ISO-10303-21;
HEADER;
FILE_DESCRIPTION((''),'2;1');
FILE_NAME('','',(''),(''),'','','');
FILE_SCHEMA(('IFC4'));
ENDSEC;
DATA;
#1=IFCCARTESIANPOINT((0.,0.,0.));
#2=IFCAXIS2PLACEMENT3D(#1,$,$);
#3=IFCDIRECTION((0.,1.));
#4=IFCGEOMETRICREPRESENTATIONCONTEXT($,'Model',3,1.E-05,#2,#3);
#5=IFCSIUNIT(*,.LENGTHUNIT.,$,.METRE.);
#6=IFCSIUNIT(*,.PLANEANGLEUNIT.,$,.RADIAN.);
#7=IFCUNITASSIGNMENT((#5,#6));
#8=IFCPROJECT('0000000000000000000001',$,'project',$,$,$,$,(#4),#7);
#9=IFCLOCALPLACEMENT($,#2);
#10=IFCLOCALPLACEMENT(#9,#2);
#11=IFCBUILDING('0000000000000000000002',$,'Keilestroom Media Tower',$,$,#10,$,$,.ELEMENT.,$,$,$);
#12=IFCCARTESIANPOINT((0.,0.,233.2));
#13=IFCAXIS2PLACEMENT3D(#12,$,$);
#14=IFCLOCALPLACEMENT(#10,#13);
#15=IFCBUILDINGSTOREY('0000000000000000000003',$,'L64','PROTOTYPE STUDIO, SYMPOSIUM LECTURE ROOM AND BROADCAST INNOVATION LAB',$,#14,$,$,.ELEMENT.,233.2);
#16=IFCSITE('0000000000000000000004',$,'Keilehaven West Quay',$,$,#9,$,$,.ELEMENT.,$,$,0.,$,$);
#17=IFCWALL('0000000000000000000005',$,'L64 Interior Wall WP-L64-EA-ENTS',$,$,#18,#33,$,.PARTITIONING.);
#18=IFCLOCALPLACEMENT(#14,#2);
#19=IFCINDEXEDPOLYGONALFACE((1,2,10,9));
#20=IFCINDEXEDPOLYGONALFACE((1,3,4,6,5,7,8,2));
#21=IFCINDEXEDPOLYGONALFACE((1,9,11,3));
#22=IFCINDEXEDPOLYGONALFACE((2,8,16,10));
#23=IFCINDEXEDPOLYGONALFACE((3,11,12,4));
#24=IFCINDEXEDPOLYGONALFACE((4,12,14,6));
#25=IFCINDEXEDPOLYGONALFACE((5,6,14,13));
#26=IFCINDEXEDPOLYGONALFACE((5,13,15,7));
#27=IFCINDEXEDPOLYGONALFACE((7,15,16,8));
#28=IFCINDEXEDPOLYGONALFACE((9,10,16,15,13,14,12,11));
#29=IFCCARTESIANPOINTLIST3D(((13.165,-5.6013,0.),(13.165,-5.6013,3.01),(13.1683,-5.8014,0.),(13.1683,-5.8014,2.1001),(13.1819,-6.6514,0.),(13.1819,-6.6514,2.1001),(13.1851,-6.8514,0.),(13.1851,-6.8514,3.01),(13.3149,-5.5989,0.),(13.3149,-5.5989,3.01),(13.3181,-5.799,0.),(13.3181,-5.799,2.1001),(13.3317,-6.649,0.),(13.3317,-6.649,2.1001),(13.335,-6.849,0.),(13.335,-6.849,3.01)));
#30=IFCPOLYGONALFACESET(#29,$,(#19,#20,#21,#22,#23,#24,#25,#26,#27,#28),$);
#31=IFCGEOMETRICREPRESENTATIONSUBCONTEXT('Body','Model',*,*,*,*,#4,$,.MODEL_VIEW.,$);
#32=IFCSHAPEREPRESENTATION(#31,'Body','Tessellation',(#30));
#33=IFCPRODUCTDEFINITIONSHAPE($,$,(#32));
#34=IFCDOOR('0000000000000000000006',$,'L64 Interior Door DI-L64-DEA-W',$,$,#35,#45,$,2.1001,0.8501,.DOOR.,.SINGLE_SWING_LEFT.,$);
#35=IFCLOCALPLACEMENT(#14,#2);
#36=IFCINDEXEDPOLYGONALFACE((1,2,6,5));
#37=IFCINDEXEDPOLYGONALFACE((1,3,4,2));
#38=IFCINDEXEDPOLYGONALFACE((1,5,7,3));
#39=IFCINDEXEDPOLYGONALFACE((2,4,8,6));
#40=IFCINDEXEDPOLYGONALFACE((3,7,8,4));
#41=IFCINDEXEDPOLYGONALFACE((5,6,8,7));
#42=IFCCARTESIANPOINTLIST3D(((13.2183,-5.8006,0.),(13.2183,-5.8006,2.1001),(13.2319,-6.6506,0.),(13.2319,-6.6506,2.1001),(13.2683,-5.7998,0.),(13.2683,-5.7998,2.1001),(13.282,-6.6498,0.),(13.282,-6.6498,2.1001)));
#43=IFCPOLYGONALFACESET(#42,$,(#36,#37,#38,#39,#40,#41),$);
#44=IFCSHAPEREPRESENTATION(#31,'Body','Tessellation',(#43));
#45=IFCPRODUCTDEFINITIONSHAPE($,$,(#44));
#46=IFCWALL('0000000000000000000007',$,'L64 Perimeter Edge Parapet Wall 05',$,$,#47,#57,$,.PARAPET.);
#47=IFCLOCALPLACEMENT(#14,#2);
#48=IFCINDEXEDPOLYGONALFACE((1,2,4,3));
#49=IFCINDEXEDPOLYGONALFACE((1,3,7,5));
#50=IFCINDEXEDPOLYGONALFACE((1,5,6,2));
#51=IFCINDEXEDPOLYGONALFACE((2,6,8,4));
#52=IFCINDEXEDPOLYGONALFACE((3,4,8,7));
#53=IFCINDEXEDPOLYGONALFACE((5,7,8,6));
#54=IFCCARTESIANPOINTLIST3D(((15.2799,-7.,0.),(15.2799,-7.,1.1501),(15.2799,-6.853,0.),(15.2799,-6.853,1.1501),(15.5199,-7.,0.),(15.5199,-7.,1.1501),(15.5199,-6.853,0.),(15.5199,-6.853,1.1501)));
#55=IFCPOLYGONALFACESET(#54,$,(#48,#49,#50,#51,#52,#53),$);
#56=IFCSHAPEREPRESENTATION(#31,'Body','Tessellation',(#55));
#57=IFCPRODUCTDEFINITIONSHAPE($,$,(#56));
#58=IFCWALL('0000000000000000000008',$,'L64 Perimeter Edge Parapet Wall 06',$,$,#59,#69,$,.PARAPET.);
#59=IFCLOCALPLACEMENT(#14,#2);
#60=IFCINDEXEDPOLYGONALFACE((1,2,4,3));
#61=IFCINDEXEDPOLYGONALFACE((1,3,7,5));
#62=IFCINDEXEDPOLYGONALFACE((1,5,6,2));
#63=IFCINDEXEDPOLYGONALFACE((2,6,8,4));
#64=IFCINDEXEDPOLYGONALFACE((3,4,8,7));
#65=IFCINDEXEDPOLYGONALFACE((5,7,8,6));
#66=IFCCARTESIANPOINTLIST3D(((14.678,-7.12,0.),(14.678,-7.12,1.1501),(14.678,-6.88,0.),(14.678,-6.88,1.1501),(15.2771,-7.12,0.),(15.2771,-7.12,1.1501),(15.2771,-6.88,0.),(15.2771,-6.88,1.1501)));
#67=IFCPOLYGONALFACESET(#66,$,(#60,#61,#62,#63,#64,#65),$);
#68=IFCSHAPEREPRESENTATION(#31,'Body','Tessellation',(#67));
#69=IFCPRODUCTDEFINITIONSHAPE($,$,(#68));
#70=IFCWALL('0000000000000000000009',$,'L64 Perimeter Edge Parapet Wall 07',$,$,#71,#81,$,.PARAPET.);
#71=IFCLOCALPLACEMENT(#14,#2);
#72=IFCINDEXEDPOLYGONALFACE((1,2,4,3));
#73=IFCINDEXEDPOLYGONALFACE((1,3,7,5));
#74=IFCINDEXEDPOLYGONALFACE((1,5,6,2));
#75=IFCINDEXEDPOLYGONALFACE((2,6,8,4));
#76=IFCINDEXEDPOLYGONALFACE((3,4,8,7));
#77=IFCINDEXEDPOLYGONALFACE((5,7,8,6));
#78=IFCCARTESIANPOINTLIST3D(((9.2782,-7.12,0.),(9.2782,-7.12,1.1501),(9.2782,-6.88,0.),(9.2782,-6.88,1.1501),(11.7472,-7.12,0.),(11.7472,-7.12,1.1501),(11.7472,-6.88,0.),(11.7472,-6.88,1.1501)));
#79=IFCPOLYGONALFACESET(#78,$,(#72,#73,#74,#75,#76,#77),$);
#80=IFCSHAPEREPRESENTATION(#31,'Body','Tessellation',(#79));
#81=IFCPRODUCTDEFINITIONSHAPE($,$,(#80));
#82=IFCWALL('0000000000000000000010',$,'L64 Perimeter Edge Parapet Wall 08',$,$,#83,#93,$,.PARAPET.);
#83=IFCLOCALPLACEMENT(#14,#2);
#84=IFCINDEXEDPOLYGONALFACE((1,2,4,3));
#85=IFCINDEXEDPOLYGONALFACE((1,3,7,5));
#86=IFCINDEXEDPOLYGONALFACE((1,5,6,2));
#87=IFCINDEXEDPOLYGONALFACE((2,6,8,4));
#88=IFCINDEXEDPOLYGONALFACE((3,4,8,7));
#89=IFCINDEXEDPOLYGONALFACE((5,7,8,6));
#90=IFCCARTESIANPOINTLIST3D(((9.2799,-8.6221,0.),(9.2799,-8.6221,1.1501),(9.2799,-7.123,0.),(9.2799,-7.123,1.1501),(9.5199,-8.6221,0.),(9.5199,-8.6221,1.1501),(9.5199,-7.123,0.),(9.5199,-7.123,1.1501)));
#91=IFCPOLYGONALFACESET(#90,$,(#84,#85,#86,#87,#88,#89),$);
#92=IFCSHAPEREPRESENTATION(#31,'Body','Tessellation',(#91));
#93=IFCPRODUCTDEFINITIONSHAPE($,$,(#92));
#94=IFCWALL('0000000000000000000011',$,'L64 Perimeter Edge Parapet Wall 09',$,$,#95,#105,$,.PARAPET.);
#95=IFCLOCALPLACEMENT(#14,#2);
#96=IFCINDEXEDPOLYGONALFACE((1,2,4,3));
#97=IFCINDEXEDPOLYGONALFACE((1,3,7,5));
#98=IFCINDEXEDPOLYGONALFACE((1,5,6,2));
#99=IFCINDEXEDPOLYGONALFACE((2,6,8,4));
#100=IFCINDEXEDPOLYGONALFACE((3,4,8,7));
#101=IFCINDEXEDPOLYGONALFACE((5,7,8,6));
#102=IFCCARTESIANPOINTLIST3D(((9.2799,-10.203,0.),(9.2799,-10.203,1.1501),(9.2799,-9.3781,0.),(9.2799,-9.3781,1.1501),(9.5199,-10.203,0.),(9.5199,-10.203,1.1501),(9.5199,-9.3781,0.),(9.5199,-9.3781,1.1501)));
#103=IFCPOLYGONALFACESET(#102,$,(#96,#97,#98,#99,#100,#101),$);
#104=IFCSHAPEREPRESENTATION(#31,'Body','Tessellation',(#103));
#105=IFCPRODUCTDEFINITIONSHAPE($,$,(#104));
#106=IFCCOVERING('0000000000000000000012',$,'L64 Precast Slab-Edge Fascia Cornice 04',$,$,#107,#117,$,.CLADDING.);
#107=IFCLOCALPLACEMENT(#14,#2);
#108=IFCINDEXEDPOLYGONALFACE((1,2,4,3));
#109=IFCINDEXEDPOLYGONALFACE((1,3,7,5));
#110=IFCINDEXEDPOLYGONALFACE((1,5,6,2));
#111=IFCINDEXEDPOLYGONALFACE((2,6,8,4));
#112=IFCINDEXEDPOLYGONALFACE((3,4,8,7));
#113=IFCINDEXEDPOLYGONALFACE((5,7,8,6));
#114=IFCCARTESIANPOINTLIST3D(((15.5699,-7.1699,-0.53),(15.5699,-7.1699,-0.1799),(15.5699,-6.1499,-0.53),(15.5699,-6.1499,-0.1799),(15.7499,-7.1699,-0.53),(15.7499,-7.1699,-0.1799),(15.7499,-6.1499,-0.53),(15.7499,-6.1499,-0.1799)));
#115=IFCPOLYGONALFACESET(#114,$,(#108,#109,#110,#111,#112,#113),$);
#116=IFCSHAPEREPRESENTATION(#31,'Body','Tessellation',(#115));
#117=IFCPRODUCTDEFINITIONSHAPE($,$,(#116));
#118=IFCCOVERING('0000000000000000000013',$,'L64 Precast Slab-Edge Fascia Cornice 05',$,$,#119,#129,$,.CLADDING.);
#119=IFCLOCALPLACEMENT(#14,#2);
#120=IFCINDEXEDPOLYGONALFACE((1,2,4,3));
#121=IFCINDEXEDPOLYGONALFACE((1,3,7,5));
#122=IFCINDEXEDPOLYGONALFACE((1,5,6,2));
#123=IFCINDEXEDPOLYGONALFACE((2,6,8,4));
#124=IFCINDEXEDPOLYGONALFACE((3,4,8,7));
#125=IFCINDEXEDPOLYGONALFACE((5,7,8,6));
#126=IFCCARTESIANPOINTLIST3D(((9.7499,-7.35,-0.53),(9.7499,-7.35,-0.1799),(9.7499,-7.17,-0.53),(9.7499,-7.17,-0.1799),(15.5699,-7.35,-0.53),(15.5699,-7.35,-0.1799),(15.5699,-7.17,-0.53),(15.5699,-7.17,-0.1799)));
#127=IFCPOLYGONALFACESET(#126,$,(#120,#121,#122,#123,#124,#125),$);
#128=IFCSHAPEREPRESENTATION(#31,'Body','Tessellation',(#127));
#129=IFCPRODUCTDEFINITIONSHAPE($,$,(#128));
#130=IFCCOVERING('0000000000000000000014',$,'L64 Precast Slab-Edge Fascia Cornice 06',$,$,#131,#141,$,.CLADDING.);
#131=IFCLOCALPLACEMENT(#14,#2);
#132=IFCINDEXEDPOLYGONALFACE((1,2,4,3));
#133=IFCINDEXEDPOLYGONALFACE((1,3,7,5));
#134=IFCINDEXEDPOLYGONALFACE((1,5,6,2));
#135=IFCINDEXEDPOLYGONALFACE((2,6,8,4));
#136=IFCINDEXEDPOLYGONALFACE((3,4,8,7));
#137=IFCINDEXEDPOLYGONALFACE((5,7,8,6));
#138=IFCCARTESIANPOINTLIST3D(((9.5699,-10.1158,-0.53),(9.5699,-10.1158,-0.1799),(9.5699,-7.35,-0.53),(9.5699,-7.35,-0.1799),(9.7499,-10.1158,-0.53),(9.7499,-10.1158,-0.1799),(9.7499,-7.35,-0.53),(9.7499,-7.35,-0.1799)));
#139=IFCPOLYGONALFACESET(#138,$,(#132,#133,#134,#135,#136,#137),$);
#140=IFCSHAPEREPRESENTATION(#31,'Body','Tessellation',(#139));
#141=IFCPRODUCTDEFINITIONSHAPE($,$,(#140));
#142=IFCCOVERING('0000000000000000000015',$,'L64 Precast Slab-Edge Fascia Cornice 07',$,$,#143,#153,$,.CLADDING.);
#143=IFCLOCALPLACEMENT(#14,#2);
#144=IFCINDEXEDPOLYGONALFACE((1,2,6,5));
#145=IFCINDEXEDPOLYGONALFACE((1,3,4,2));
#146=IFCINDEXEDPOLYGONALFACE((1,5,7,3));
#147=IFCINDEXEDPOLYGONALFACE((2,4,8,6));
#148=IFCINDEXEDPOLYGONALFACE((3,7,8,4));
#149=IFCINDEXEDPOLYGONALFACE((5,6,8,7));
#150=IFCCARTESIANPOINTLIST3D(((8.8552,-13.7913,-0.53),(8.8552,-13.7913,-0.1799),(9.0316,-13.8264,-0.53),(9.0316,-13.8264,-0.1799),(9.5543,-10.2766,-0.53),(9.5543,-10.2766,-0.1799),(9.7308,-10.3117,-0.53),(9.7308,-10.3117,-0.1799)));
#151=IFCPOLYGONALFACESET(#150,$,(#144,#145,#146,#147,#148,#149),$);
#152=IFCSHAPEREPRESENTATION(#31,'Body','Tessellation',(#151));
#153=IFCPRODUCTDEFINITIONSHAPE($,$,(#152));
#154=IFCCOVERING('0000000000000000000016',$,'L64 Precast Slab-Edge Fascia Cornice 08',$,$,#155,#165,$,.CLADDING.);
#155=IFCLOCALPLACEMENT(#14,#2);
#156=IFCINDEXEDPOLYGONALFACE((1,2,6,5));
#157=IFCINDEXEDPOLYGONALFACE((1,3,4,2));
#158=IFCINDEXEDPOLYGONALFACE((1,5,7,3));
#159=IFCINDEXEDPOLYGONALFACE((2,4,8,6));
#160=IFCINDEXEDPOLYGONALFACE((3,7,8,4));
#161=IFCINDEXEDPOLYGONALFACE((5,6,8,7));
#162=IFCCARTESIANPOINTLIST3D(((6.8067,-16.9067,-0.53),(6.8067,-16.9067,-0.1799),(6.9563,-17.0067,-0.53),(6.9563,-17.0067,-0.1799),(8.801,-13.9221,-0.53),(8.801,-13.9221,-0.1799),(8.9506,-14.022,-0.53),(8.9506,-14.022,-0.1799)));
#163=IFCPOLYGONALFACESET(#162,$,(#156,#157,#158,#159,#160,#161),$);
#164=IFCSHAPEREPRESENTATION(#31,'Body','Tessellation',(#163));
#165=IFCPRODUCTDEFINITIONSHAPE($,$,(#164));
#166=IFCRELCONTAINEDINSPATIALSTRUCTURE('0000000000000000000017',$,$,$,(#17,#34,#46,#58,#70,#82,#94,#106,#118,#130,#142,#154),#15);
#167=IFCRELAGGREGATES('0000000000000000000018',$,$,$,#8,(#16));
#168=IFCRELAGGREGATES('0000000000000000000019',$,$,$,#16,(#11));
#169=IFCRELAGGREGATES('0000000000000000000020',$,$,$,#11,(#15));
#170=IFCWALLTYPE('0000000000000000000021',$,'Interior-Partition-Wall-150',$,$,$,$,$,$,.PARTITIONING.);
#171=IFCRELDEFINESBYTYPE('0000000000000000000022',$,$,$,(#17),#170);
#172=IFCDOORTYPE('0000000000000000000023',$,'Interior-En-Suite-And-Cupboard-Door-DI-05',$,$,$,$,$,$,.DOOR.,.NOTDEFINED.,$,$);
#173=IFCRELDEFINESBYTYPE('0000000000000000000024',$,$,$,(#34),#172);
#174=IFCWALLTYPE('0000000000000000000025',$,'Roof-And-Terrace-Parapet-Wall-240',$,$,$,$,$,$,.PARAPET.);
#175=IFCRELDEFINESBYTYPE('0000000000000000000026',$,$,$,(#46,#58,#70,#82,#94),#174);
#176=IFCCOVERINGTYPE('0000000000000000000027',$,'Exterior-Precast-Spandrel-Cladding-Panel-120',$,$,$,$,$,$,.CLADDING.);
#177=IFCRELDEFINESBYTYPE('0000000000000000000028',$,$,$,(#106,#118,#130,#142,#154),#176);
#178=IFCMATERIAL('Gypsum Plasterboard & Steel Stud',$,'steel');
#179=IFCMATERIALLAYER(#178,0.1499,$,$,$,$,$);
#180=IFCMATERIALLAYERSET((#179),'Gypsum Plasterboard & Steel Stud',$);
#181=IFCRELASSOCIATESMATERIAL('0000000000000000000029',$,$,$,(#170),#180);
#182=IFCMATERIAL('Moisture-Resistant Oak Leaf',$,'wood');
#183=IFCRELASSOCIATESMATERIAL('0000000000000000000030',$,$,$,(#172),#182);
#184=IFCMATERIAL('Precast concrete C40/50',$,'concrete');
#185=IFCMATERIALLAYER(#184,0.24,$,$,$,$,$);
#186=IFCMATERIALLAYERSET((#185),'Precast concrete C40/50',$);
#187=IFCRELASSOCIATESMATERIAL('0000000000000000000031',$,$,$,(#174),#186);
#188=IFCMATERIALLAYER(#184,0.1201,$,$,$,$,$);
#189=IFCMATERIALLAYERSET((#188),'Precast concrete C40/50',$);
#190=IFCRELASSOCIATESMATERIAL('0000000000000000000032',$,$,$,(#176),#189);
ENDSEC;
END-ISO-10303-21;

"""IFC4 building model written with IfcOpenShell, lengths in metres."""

from ifc_helpers import new_model, si_unit, direction, frame, frame_2d, origin, origin_2d, place, context, subcontext, project, spatial, rectangle, extrude, source, transform, mapped, material, layer, layer_set, type_object, element, fill, save


model = new_model("IFC4")

# Units and contexts
model_context = context("Model", 3, precision=1e-05, world=origin(), true_north=direction((0.0, 1.0)))
body_context = subcontext(model_context, "Body", "Model", "MODEL_VIEW")
ifc_project = project(units=[si_unit("LENGTHUNIT", "METRE"), si_unit("PLANEANGLEUNIT", "RADIAN")], contexts=[model_context])

# Site, building, storey
site_placement = place(None, origin())
site = spatial("IfcSite", under=ifc_project, at=site_placement, Name="Keilehaven West Quay", CompositionType="ELEMENT", RefElevation=0.0)
building_placement = place(site_placement, origin())
building = spatial("IfcBuilding", under=site, at=building_placement, Name="Keilestroom Media Tower", CompositionType="ELEMENT")
storey_placement = place(building_placement, frame((0.0, 0.0, 233.2)))
storey = spatial("IfcBuildingStorey", under=building, at=storey_placement, Name="L64", Description="PROTOTYPE STUDIO, SYMPOSIUM LECTURE ROOM AND BROADCAST INNOVATION LAB", CompositionType="ELEMENT", Elevation=233.2)

# Shared definitions
ifc_material_1 = material(Name="Precast concrete C40/50", Category="concrete")

# Shared definitions
ifc_material_2 = material(Name="Gypsum Plasterboard & Steel Stud", Category="steel")

# Shared definitions
ifc_layer_1 = layer(ifc_material_2, 0.1499)
ifc_layer_set_1 = layer_set([ifc_layer_1], Name="Gypsum Plasterboard & Steel Stud")
wall_type_1 = type_object("IfcWallType", Name="Interior-Partition-Wall-150", PredefinedType="PARTITIONING", material=ifc_layer_set_1)

# Wall, opening, door
wall_1_placement = place(storey_placement, frame((13.26, -6.8501, 0.0), z_axis=(0.0, 0.0, 1.0), x_axis=(-0.016014, 0.999872, 0.0)))
wall_1 = element("IfcWall", 1, at=wall_1_placement, inside=storey, type_object=wall_type_1, Name="L64 Interior Wall WP-L64-EA-ENTS", PredefinedType="PARTITIONING", context=body_context, shape_type="SweptSolid", body=[
    extrude(rectangle(XDim=1.2502, YDim=0.1499, at=frame_2d((0.625, 0.0))), origin(), (0.0, 0.0, 1.0), 3.01),
])
opening_1_placement = place(wall_1_placement, frame((0.2, 0.0, 0.0)))
opening_1 = element("IfcOpeningElement", 2, at=opening_1_placement, cuts=wall_1, PredefinedType="OPENING", context=body_context, shape_type="SweptSolid", body=[
    extrude(rectangle(XDim=0.8501, YDim=2.1001, at=frame_2d((0.425, 1.05))), frame((0.0, 0.085, 0.0), z_axis=(0.0, -1.0, 0.0), x_axis=(1.0, 0.0, 0.0)), (0.0, 0.0, 1.0), 0.1699),
])
ifc_material_3 = material(Name="Moisture-Resistant Oak Leaf", Category="wood")
door_type_1 = type_object("IfcDoorType", Name="Interior-En-Suite-And-Cupboard-Door-DI-05", OperationType="NOTDEFINED", PredefinedType="DOOR", material=ifc_material_3)
shared_shape_1 = source(origin(), body_context, "Body", "SweptSolid", [
    extrude(rectangle(XDim=0.8501, YDim=2.1001, at=frame_2d((0.425, 1.05))), frame((0.0, 0.0249, 0.0), z_axis=(0.0, -1.0, 0.0), x_axis=(1.0, 0.0, 0.0)), (0.0, 0.0, 1.0), 0.05),
])
door_1_placement = place(opening_1_placement, origin())
door_1 = element("IfcDoor", 3, at=door_1_placement, inside=storey, type_object=door_type_1, Name="L64 Interior Door DI-L64-DEA-W", OperationType="SINGLE_SWING_LEFT", OverallHeight=2.1001, OverallWidth=0.8501, PredefinedType="DOOR", context=body_context, shape_type="MappedRepresentation", body=[
    mapped(shared_shape_1, transform((0.0, 0.0, 0.0), x_axis=(1.0, 0.0, 0.0), y_axis=(0.0, 1.0, 0.0), z_axis=(0.0, 0.0, 1.0), scale=1.0)),
])
fill(opening_1, door_1)

# Walls
ifc_layer_2 = layer(ifc_material_1, 0.24)
ifc_layer_set_2 = layer_set([ifc_layer_2], Name="Precast concrete C40/50")
wall_type_2 = type_object("IfcWallType", Name="Roof-And-Terrace-Parapet-Wall-240", PredefinedType="PARAPET", material=ifc_layer_set_2)
wall_2_placement = place(storey_placement, frame((15.3999, -6.853, 0.0), z_axis=(0.0, 0.0, 1.0), x_axis=(0.0, -1.0, 0.0)))
element("IfcWall", 4, at=wall_2_placement, inside=storey, type_object=wall_type_2, Name="L64 Perimeter Edge Parapet Wall 05", PredefinedType="PARAPET", context=body_context, shape_type="SweptSolid", body=[
    extrude(rectangle(XDim=0.147, YDim=0.24, at=frame_2d((0.0735, 0.0))), origin(), (0.0, 0.0, 1.0), 1.1501),
])
wall_3_placement = place(storey_placement, frame((15.2771, -7.0, 0.0), z_axis=(0.0, 0.0, 1.0), x_axis=(-1.0, 0.0, 0.0)))
element("IfcWall", 5, at=wall_3_placement, inside=storey, type_object=wall_type_2, Name="L64 Perimeter Edge Parapet Wall 06", PredefinedType="PARAPET", context=body_context, shape_type="SweptSolid", body=[
    extrude(rectangle(XDim=0.5991, YDim=0.24, at=frame_2d((0.2996, 0.0))), origin(), (0.0, 0.0, 1.0), 1.1501),
])
wall_4_placement = place(storey_placement, frame((11.7471, -7.0, 0.0), z_axis=(0.0, 0.0, 1.0), x_axis=(-1.0, 0.0, 0.0)))
element("IfcWall", 6, at=wall_4_placement, inside=storey, type_object=wall_type_2, Name="L64 Perimeter Edge Parapet Wall 07", PredefinedType="PARAPET", context=body_context, shape_type="SweptSolid", body=[
    extrude(rectangle(XDim=2.469, YDim=0.24, at=frame_2d((1.2344, 0.0))), origin(), (0.0, 0.0, 1.0), 1.1501),
])
wall_5_placement = place(storey_placement, frame((9.3999, -7.123, 0.0), z_axis=(0.0, 0.0, 1.0), x_axis=(0.0, -1.0, 0.0)))
element("IfcWall", 7, at=wall_5_placement, inside=storey, type_object=wall_type_2, Name="L64 Perimeter Edge Parapet Wall 08", PredefinedType="PARAPET", context=body_context, shape_type="SweptSolid", body=[
    extrude(rectangle(XDim=1.499, YDim=0.24, at=frame_2d((0.7495, 0.0))), origin(), (0.0, 0.0, 1.0), 1.1501),
])
wall_6_placement = place(storey_placement, frame((9.3999, -9.3779, 0.0), z_axis=(0.0, 0.0, 1.0), x_axis=(0.0, -1.0, 0.0)))
element("IfcWall", 8, at=wall_6_placement, inside=storey, type_object=wall_type_2, Name="L64 Perimeter Edge Parapet Wall 09", PredefinedType="PARAPET", context=body_context, shape_type="SweptSolid", body=[
    extrude(rectangle(XDim=0.825, YDim=0.24, at=frame_2d((0.4126, 0.0))), origin(), (0.0, 0.0, 1.0), 1.1501),
])

# Coverings
ifc_layer_3 = layer(ifc_material_1, 0.1201)
ifc_layer_set_3 = layer_set([ifc_layer_3], Name="Precast concrete C40/50")
covering_type = type_object("IfcCoveringType", Name="Exterior-Precast-Spandrel-Cladding-Panel-120", PredefinedType="CLADDING", material=ifc_layer_set_3)
shared_shape_2 = source(origin(), body_context, "Body", "SweptSolid", [
    extrude(rectangle(XDim=1.02, YDim=0.1799, at=origin_2d()), origin(), (0.0, 0.0, 1.0), 0.3501),
])
covering_1_placement = place(storey_placement, frame((15.6599, -6.6599, -0.53), z_axis=(0.0, 0.0, 1.0), x_axis=(0.0, -1.0, 0.0)))
element("IfcCovering", 9, at=covering_1_placement, inside=storey, type_object=covering_type, Name="L64 Precast Slab-Edge Fascia Cornice 04", PredefinedType="CLADDING", context=body_context, shape_type="MappedRepresentation", body=[
    mapped(shared_shape_2, transform((0.0, 0.0, 0.0), x_axis=(1.0, 0.0, 0.0), y_axis=(0.0, 1.0, 0.0), z_axis=(0.0, 0.0, 1.0), scale=1.0)),
])
shared_shape_3 = source(origin(), body_context, "Body", "SweptSolid", [
    extrude(rectangle(XDim=5.8201, YDim=0.1799, at=origin_2d()), origin(), (0.0, 0.0, 1.0), 0.3501),
])
covering_2_placement = place(storey_placement, frame((12.6599, -7.26, -0.53), z_axis=(0.0, 0.0, 1.0), x_axis=(-1.0, 0.0, 0.0)))
element("IfcCovering", 10, at=covering_2_placement, inside=storey, type_object=covering_type, Name="L64 Precast Slab-Edge Fascia Cornice 05", PredefinedType="CLADDING", context=body_context, shape_type="MappedRepresentation", body=[
    mapped(shared_shape_3, transform((0.0, 0.0, 0.0), x_axis=(1.0, 0.0, 0.0), y_axis=(0.0, 1.0, 0.0), z_axis=(0.0, 0.0, 1.0), scale=1.0)),
])
shared_shape_4 = source(origin(), body_context, "Body", "SweptSolid", [
    extrude(rectangle(XDim=2.7659, YDim=0.1799, at=origin_2d()), origin(), (0.0, 0.0, 1.0), 0.3501),
])
covering_3_placement = place(storey_placement, frame((9.6599, -8.7329, -0.53), z_axis=(0.0, 0.0, 1.0), x_axis=(0.0, -1.0, 0.0)))
element("IfcCovering", 11, at=covering_3_placement, inside=storey, type_object=covering_type, Name="L64 Precast Slab-Edge Fascia Cornice 06", PredefinedType="CLADDING", context=body_context, shape_type="MappedRepresentation", body=[
    mapped(shared_shape_4, transform((0.0, 0.0, 0.0), x_axis=(1.0, 0.0, 0.0), y_axis=(0.0, 1.0, 0.0), z_axis=(0.0, 0.0, 1.0), scale=1.0)),
])
shared_shape_5 = source(origin(), body_context, "Body", "SweptSolid", [
    extrude(rectangle(XDim=3.5835, YDim=0.1799, at=origin_2d()), origin(), (0.0, 0.0, 1.0), 0.3501),
])
covering_4_placement = place(storey_placement, frame((9.293, -12.0515, -0.53), z_axis=(0.0, 0.0, 1.0), x_axis=(-0.195099, -0.980784, 0.0)))
element("IfcCovering", 12, at=covering_4_placement, inside=storey, type_object=covering_type, Name="L64 Precast Slab-Edge Fascia Cornice 07", PredefinedType="CLADDING", context=body_context, shape_type="MappedRepresentation", body=[
    mapped(shared_shape_5, transform((0.0, 0.0, 0.0), x_axis=(1.0, 0.0, 0.0), y_axis=(0.0, 1.0, 0.0), z_axis=(0.0, 0.0, 1.0), scale=1.0)),
])
shared_shape_6 = source(origin(), body_context, "Body", "SweptSolid", [
    extrude(rectangle(XDim=3.5896, YDim=0.1799, at=origin_2d()), origin(), (0.0, 0.0, 1.0), 0.3501),
])
covering_5_placement = place(storey_placement, frame((7.8787, -15.4644, -0.53), z_axis=(0.0, 0.0, 1.0), x_axis=(-0.555575, -0.831467, 0.0)))
element("IfcCovering", 13, at=covering_5_placement, inside=storey, type_object=covering_type, Name="L64 Precast Slab-Edge Fascia Cornice 08", PredefinedType="CLADDING", context=body_context, shape_type="MappedRepresentation", body=[
    mapped(shared_shape_6, transform((0.0, 0.0, 0.0), x_axis=(1.0, 0.0, 0.0), y_axis=(0.0, 1.0, 0.0), z_axis=(0.0, 0.0, 1.0), scale=1.0)),
])

save(model, "model.ifc")
